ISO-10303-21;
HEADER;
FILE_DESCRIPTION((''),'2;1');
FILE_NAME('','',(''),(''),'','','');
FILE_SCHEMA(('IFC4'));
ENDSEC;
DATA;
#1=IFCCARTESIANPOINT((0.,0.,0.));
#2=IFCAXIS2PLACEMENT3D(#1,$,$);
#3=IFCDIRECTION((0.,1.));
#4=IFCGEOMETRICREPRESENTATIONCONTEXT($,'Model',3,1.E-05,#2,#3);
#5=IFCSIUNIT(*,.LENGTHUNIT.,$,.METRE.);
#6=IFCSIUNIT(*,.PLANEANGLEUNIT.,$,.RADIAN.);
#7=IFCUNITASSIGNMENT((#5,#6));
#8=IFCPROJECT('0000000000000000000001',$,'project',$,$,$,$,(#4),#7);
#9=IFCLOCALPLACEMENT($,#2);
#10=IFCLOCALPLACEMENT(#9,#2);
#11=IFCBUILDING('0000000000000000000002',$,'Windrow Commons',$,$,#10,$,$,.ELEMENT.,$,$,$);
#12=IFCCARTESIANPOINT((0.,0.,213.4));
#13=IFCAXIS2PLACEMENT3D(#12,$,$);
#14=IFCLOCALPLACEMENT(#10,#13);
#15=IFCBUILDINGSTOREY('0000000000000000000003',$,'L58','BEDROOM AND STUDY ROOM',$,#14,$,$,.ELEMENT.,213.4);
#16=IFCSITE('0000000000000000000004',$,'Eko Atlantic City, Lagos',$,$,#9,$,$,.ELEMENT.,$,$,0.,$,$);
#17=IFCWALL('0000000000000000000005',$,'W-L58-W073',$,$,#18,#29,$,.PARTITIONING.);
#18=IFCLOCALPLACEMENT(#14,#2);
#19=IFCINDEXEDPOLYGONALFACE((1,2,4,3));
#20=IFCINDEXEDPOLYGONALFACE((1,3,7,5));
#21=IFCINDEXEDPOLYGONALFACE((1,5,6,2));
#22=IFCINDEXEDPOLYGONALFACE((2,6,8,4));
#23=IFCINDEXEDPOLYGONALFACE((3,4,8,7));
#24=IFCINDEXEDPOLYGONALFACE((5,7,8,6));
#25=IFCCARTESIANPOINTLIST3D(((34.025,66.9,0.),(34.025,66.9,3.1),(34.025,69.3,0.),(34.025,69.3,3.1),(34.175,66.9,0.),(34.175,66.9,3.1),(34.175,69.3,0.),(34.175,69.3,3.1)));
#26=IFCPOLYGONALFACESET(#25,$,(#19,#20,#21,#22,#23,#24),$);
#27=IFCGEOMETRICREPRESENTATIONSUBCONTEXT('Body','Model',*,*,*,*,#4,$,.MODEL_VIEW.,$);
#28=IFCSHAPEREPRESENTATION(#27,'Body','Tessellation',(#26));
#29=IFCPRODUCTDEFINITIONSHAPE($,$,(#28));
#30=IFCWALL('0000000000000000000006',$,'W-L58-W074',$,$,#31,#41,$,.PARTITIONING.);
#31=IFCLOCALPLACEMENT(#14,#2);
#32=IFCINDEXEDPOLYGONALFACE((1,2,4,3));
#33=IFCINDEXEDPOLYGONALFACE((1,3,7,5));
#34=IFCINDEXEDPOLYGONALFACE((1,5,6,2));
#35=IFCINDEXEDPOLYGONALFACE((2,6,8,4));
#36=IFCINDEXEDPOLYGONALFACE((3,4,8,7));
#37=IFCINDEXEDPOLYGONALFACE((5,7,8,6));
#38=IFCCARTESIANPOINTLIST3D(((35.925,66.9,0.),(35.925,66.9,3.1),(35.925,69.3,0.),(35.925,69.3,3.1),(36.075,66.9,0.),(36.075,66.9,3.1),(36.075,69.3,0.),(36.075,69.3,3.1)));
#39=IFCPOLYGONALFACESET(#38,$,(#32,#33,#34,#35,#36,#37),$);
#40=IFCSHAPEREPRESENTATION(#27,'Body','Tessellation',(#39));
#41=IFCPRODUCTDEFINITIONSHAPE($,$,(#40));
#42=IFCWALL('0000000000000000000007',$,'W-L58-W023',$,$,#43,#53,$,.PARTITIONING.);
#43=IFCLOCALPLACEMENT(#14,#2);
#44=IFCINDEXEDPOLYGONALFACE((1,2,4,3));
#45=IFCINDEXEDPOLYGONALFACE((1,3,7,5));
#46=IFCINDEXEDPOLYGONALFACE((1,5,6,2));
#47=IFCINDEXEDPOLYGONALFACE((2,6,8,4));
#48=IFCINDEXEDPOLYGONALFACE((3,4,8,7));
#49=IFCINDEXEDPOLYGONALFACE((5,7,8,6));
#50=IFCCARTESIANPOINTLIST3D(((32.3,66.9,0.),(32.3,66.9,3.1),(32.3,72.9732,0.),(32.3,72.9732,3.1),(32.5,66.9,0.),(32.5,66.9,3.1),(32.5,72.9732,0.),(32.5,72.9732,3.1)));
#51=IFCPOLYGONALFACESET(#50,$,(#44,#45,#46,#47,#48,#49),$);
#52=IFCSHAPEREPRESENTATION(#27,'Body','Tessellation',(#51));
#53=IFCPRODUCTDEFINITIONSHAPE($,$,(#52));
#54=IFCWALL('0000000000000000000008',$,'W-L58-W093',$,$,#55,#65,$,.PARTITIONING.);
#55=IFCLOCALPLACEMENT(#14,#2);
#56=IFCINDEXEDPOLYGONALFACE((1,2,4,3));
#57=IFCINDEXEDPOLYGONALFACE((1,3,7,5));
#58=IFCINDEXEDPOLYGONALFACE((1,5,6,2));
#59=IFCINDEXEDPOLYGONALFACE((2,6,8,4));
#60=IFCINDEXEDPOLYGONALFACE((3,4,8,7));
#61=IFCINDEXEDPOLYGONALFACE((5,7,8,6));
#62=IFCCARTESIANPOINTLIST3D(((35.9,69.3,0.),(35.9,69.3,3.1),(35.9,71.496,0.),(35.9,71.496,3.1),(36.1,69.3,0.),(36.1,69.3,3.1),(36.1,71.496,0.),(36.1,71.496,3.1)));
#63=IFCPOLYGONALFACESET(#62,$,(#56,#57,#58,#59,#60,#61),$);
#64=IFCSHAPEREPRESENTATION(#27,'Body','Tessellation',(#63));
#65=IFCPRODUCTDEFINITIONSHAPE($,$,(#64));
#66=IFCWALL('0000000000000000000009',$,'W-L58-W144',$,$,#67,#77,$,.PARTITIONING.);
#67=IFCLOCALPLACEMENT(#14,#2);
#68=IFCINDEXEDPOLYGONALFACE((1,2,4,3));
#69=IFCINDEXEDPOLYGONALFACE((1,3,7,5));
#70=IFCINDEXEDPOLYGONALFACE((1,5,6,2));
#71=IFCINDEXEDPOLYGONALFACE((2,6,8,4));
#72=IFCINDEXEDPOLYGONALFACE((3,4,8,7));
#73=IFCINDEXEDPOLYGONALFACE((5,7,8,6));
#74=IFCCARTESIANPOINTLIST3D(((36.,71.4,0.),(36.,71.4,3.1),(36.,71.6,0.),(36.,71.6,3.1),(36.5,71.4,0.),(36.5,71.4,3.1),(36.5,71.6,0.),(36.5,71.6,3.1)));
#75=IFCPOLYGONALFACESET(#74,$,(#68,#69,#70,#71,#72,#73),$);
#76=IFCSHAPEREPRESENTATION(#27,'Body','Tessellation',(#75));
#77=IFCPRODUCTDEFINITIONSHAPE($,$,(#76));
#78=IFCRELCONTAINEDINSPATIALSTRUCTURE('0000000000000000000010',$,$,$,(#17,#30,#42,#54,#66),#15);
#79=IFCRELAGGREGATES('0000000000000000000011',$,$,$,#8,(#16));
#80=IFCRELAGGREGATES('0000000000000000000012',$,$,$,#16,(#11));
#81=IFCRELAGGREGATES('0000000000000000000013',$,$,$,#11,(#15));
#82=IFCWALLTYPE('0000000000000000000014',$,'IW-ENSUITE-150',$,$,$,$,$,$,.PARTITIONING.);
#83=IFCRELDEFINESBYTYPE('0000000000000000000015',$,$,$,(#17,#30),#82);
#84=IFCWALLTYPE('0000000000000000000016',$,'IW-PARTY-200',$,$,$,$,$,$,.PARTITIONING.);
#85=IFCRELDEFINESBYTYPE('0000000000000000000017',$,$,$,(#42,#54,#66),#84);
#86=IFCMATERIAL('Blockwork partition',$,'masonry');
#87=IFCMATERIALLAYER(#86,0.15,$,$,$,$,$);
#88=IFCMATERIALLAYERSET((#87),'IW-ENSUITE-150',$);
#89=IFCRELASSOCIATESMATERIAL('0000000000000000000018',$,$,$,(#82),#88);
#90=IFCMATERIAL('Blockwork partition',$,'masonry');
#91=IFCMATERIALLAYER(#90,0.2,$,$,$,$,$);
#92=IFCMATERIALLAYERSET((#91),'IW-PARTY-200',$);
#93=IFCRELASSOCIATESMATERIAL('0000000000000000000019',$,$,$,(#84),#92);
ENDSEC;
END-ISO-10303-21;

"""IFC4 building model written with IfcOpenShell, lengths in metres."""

from ifc_helpers import new_model, si_unit, direction, frame, frame_2d, origin, place, context, subcontext, project, spatial, rectangle, extrude, material, layer, layer_set, type_object, element, save


model = new_model("IFC4")

# Units and contexts
model_context = context("Model", 3, precision=1e-05, world=origin(), true_north=direction((0.0, 1.0)))
body_context = subcontext(model_context, "Body", "Model", "MODEL_VIEW")
ifc_project = project(units=[si_unit("LENGTHUNIT", "METRE"), si_unit("PLANEANGLEUNIT", "RADIAN")], contexts=[model_context])

# Site, building, storey
site_placement = place(None, origin())
site = spatial("IfcSite", under=ifc_project, at=site_placement, Name="Eko Atlantic City, Lagos", CompositionType="ELEMENT", RefElevation=0.0)
building_placement = place(site_placement, origin())
building = spatial("IfcBuilding", under=site, at=building_placement, Name="Windrow Commons", CompositionType="ELEMENT")
storey_placement = place(building_placement, frame((0.0, 0.0, 213.4)))
storey = spatial("IfcBuildingStorey", under=building, at=storey_placement, Name="L58", Description="BEDROOM AND STUDY ROOM", CompositionType="ELEMENT", Elevation=213.4)

# Shared definitions
ifc_material_1 = material(Name="Blockwork partition", Category="masonry")
ifc_layer_1 = layer(ifc_material_1, 0.15)
ifc_layer_set_1 = layer_set([ifc_layer_1], Name="IW-ENSUITE-150")
wall_type_1 = type_object("IfcWallType", Name="IW-ENSUITE-150", PredefinedType="PARTITIONING", material=ifc_layer_set_1)

# Walls
for number, where, z_axis, x_axis, name in (
    (1, (34.1, 66.9, 0.0), (0.0, 0.0, 1.0), (0.0, 1.0, 0.0), "W-L58-W073"),
    (2, (36.0, 66.9, 0.0), (0.0, 0.0, 1.0), (0.0, 1.0, 0.0), "W-L58-W074"),
):
    element("IfcWall", number, at=place(storey_placement, frame(where, z_axis=z_axis, x_axis=x_axis)), inside=storey, type_object=wall_type_1, Name=name, PredefinedType="PARTITIONING", context=body_context, shape_type="SweptSolid", body=[
        extrude(rectangle(XDim=2.4, YDim=0.15, at=frame_2d((1.2, 0.0))), origin(), (0.0, 0.0, 1.0), 3.1),
    ])
ifc_material_2 = material(Name="Blockwork partition", Category="masonry")
ifc_layer_2 = layer(ifc_material_2, 0.2)
ifc_layer_set_2 = layer_set([ifc_layer_2], Name="IW-PARTY-200")
wall_type_2 = type_object("IfcWallType", Name="IW-PARTY-200", PredefinedType="PARTITIONING", material=ifc_layer_set_2)
wall_1_placement = place(storey_placement, frame((32.4, 66.9, 0.0), z_axis=(0.0, 0.0, 1.0), x_axis=(0.0, 1.0, 0.0)))
element("IfcWall", 3, at=wall_1_placement, inside=storey, type_object=wall_type_2, Name="W-L58-W023", PredefinedType="PARTITIONING", context=body_context, shape_type="SweptSolid", body=[
    extrude(rectangle(XDim=6.0732, YDim=0.2, at=frame_2d((3.0366, 0.0))), origin(), (0.0, 0.0, 1.0), 3.1),
])
wall_2_placement = place(storey_placement, frame((36.0, 69.3, 0.0), z_axis=(0.0, 0.0, 1.0), x_axis=(0.0, 1.0, 0.0)))
element("IfcWall", 4, at=wall_2_placement, inside=storey, type_object=wall_type_2, Name="W-L58-W093", PredefinedType="PARTITIONING", context=body_context, shape_type="SweptSolid", body=[
    extrude(rectangle(XDim=2.196, YDim=0.2, at=frame_2d((1.098, 0.0))), origin(), (0.0, 0.0, 1.0), 3.1),
])
wall_3_placement = place(storey_placement, frame((36.0, 71.5, 0.0), z_axis=(0.0, 0.0, 1.0), x_axis=(1.0, 0.0, 0.0)))
element("IfcWall", 5, at=wall_3_placement, inside=storey, type_object=wall_type_2, Name="W-L58-W144", PredefinedType="PARTITIONING", context=body_context, shape_type="SweptSolid", body=[
    extrude(rectangle(XDim=0.5, YDim=0.2, at=frame_2d((0.25, 0.0))), origin(), (0.0, 0.0, 1.0), 3.1),
])

save(model, "model.ifc")
